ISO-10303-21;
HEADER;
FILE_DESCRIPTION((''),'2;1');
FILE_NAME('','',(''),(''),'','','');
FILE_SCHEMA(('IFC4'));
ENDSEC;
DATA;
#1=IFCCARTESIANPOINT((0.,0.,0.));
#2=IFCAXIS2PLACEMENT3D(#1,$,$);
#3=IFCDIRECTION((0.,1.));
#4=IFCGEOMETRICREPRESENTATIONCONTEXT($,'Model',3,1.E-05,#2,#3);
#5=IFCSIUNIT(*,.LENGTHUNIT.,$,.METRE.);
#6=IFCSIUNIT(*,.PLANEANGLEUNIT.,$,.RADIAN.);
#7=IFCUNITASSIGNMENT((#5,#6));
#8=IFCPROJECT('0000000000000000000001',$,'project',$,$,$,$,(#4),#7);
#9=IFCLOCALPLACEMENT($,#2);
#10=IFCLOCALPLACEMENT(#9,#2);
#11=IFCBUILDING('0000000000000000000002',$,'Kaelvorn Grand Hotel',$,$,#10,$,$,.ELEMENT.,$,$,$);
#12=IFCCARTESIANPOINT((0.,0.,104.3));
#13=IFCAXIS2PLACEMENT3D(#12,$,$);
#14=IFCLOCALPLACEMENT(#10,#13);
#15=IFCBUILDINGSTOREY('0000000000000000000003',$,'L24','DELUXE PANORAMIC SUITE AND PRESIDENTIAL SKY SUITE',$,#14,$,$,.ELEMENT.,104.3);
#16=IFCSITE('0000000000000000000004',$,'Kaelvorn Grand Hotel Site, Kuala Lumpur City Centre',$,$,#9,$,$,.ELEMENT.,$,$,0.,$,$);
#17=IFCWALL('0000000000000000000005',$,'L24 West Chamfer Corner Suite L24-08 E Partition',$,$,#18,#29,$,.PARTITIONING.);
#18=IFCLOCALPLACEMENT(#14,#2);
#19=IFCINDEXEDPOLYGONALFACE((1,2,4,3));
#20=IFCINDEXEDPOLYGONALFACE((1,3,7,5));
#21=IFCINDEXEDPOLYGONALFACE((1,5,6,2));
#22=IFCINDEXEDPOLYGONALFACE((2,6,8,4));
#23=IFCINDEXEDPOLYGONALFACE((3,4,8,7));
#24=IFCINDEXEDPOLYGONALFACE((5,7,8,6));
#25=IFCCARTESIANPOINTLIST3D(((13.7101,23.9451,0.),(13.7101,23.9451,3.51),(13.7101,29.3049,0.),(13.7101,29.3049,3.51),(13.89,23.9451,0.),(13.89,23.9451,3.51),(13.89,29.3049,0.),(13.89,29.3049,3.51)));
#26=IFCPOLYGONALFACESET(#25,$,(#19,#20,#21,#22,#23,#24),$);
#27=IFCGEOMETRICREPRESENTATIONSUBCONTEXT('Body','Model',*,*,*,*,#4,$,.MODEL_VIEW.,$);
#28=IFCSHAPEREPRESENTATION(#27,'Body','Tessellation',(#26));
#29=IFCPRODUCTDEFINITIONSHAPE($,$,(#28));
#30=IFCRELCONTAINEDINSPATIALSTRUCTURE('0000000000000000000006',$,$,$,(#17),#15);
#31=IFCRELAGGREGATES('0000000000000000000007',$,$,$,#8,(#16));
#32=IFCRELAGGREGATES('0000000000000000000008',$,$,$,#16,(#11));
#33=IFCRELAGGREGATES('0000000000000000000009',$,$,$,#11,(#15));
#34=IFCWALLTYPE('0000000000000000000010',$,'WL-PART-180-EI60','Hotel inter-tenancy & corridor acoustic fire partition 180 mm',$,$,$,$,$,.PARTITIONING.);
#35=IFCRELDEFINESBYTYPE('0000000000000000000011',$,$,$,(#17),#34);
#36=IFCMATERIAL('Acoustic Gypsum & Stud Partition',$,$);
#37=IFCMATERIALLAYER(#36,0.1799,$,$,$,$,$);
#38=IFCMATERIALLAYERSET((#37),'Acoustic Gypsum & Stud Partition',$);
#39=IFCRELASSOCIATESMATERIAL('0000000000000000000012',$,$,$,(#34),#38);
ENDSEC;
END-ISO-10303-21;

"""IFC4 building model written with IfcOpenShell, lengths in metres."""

from ifc_helpers import new_model, si_unit, direction, frame, frame_2d, origin, place, context, subcontext, project, spatial, rectangle, extrude, material, layer, layer_set, type_object, element, save


model = new_model("IFC4")

# Units and contexts
model_context = context("Model", 3, precision=1e-05, world=origin(), true_north=direction((0.0, 1.0)))
body_context = subcontext(model_context, "Body", "Model", "MODEL_VIEW")
ifc_project = project(units=[si_unit("LENGTHUNIT", "METRE"), si_unit("PLANEANGLEUNIT", "RADIAN")], contexts=[model_context])

# Site, building, storey
site_placement = place(None, origin())
site = spatial("IfcSite", under=ifc_project, at=site_placement, Name="Kaelvorn Grand Hotel Site, Kuala Lumpur City Centre", CompositionType="ELEMENT", RefElevation=0.0)
building_placement = place(site_placement, origin())
building = spatial("IfcBuilding", under=site, at=building_placement, Name="Kaelvorn Grand Hotel", CompositionType="ELEMENT")
storey_placement = place(building_placement, frame((0.0, 0.0, 104.3)))
storey = spatial("IfcBuildingStorey", under=building, at=storey_placement, Name="L24", Description="DELUXE PANORAMIC SUITE AND PRESIDENTIAL SKY SUITE", CompositionType="ELEMENT", Elevation=104.3)

# Shared definitions
ifc_material_1 = material(Name="Acoustic Gypsum & Stud Partition")
ifc_layer_1 = layer(ifc_material_1, 0.1799)
ifc_layer_set_1 = layer_set([ifc_layer_1], Name="Acoustic Gypsum & Stud Partition")
wall_type_1 = type_object("IfcWallType", Name="WL-PART-180-EI60", Description="Hotel inter-tenancy & corridor acoustic fire partition 180 mm", PredefinedType="PARTITIONING", material=ifc_layer_set_1)

# Wall
wall_1_placement = place(storey_placement, frame((13.8, 23.9451, 0.0), z_axis=(0.0, 0.0, 1.0), x_axis=(0.0, 1.0, 0.0)))
element("IfcWall", 1, at=wall_1_placement, inside=storey, type_object=wall_type_1, Name="L24 West Chamfer Corner Suite L24-08 E Partition", PredefinedType="PARTITIONING", context=body_context, shape_type="SweptSolid", body=[
    extrude(rectangle(XDim=5.3599, YDim=0.1799, at=frame_2d((2.6799, 0.0))), origin(), (0.0, 0.0, 1.0), 3.51),
])

save(model, "model.ifc")
